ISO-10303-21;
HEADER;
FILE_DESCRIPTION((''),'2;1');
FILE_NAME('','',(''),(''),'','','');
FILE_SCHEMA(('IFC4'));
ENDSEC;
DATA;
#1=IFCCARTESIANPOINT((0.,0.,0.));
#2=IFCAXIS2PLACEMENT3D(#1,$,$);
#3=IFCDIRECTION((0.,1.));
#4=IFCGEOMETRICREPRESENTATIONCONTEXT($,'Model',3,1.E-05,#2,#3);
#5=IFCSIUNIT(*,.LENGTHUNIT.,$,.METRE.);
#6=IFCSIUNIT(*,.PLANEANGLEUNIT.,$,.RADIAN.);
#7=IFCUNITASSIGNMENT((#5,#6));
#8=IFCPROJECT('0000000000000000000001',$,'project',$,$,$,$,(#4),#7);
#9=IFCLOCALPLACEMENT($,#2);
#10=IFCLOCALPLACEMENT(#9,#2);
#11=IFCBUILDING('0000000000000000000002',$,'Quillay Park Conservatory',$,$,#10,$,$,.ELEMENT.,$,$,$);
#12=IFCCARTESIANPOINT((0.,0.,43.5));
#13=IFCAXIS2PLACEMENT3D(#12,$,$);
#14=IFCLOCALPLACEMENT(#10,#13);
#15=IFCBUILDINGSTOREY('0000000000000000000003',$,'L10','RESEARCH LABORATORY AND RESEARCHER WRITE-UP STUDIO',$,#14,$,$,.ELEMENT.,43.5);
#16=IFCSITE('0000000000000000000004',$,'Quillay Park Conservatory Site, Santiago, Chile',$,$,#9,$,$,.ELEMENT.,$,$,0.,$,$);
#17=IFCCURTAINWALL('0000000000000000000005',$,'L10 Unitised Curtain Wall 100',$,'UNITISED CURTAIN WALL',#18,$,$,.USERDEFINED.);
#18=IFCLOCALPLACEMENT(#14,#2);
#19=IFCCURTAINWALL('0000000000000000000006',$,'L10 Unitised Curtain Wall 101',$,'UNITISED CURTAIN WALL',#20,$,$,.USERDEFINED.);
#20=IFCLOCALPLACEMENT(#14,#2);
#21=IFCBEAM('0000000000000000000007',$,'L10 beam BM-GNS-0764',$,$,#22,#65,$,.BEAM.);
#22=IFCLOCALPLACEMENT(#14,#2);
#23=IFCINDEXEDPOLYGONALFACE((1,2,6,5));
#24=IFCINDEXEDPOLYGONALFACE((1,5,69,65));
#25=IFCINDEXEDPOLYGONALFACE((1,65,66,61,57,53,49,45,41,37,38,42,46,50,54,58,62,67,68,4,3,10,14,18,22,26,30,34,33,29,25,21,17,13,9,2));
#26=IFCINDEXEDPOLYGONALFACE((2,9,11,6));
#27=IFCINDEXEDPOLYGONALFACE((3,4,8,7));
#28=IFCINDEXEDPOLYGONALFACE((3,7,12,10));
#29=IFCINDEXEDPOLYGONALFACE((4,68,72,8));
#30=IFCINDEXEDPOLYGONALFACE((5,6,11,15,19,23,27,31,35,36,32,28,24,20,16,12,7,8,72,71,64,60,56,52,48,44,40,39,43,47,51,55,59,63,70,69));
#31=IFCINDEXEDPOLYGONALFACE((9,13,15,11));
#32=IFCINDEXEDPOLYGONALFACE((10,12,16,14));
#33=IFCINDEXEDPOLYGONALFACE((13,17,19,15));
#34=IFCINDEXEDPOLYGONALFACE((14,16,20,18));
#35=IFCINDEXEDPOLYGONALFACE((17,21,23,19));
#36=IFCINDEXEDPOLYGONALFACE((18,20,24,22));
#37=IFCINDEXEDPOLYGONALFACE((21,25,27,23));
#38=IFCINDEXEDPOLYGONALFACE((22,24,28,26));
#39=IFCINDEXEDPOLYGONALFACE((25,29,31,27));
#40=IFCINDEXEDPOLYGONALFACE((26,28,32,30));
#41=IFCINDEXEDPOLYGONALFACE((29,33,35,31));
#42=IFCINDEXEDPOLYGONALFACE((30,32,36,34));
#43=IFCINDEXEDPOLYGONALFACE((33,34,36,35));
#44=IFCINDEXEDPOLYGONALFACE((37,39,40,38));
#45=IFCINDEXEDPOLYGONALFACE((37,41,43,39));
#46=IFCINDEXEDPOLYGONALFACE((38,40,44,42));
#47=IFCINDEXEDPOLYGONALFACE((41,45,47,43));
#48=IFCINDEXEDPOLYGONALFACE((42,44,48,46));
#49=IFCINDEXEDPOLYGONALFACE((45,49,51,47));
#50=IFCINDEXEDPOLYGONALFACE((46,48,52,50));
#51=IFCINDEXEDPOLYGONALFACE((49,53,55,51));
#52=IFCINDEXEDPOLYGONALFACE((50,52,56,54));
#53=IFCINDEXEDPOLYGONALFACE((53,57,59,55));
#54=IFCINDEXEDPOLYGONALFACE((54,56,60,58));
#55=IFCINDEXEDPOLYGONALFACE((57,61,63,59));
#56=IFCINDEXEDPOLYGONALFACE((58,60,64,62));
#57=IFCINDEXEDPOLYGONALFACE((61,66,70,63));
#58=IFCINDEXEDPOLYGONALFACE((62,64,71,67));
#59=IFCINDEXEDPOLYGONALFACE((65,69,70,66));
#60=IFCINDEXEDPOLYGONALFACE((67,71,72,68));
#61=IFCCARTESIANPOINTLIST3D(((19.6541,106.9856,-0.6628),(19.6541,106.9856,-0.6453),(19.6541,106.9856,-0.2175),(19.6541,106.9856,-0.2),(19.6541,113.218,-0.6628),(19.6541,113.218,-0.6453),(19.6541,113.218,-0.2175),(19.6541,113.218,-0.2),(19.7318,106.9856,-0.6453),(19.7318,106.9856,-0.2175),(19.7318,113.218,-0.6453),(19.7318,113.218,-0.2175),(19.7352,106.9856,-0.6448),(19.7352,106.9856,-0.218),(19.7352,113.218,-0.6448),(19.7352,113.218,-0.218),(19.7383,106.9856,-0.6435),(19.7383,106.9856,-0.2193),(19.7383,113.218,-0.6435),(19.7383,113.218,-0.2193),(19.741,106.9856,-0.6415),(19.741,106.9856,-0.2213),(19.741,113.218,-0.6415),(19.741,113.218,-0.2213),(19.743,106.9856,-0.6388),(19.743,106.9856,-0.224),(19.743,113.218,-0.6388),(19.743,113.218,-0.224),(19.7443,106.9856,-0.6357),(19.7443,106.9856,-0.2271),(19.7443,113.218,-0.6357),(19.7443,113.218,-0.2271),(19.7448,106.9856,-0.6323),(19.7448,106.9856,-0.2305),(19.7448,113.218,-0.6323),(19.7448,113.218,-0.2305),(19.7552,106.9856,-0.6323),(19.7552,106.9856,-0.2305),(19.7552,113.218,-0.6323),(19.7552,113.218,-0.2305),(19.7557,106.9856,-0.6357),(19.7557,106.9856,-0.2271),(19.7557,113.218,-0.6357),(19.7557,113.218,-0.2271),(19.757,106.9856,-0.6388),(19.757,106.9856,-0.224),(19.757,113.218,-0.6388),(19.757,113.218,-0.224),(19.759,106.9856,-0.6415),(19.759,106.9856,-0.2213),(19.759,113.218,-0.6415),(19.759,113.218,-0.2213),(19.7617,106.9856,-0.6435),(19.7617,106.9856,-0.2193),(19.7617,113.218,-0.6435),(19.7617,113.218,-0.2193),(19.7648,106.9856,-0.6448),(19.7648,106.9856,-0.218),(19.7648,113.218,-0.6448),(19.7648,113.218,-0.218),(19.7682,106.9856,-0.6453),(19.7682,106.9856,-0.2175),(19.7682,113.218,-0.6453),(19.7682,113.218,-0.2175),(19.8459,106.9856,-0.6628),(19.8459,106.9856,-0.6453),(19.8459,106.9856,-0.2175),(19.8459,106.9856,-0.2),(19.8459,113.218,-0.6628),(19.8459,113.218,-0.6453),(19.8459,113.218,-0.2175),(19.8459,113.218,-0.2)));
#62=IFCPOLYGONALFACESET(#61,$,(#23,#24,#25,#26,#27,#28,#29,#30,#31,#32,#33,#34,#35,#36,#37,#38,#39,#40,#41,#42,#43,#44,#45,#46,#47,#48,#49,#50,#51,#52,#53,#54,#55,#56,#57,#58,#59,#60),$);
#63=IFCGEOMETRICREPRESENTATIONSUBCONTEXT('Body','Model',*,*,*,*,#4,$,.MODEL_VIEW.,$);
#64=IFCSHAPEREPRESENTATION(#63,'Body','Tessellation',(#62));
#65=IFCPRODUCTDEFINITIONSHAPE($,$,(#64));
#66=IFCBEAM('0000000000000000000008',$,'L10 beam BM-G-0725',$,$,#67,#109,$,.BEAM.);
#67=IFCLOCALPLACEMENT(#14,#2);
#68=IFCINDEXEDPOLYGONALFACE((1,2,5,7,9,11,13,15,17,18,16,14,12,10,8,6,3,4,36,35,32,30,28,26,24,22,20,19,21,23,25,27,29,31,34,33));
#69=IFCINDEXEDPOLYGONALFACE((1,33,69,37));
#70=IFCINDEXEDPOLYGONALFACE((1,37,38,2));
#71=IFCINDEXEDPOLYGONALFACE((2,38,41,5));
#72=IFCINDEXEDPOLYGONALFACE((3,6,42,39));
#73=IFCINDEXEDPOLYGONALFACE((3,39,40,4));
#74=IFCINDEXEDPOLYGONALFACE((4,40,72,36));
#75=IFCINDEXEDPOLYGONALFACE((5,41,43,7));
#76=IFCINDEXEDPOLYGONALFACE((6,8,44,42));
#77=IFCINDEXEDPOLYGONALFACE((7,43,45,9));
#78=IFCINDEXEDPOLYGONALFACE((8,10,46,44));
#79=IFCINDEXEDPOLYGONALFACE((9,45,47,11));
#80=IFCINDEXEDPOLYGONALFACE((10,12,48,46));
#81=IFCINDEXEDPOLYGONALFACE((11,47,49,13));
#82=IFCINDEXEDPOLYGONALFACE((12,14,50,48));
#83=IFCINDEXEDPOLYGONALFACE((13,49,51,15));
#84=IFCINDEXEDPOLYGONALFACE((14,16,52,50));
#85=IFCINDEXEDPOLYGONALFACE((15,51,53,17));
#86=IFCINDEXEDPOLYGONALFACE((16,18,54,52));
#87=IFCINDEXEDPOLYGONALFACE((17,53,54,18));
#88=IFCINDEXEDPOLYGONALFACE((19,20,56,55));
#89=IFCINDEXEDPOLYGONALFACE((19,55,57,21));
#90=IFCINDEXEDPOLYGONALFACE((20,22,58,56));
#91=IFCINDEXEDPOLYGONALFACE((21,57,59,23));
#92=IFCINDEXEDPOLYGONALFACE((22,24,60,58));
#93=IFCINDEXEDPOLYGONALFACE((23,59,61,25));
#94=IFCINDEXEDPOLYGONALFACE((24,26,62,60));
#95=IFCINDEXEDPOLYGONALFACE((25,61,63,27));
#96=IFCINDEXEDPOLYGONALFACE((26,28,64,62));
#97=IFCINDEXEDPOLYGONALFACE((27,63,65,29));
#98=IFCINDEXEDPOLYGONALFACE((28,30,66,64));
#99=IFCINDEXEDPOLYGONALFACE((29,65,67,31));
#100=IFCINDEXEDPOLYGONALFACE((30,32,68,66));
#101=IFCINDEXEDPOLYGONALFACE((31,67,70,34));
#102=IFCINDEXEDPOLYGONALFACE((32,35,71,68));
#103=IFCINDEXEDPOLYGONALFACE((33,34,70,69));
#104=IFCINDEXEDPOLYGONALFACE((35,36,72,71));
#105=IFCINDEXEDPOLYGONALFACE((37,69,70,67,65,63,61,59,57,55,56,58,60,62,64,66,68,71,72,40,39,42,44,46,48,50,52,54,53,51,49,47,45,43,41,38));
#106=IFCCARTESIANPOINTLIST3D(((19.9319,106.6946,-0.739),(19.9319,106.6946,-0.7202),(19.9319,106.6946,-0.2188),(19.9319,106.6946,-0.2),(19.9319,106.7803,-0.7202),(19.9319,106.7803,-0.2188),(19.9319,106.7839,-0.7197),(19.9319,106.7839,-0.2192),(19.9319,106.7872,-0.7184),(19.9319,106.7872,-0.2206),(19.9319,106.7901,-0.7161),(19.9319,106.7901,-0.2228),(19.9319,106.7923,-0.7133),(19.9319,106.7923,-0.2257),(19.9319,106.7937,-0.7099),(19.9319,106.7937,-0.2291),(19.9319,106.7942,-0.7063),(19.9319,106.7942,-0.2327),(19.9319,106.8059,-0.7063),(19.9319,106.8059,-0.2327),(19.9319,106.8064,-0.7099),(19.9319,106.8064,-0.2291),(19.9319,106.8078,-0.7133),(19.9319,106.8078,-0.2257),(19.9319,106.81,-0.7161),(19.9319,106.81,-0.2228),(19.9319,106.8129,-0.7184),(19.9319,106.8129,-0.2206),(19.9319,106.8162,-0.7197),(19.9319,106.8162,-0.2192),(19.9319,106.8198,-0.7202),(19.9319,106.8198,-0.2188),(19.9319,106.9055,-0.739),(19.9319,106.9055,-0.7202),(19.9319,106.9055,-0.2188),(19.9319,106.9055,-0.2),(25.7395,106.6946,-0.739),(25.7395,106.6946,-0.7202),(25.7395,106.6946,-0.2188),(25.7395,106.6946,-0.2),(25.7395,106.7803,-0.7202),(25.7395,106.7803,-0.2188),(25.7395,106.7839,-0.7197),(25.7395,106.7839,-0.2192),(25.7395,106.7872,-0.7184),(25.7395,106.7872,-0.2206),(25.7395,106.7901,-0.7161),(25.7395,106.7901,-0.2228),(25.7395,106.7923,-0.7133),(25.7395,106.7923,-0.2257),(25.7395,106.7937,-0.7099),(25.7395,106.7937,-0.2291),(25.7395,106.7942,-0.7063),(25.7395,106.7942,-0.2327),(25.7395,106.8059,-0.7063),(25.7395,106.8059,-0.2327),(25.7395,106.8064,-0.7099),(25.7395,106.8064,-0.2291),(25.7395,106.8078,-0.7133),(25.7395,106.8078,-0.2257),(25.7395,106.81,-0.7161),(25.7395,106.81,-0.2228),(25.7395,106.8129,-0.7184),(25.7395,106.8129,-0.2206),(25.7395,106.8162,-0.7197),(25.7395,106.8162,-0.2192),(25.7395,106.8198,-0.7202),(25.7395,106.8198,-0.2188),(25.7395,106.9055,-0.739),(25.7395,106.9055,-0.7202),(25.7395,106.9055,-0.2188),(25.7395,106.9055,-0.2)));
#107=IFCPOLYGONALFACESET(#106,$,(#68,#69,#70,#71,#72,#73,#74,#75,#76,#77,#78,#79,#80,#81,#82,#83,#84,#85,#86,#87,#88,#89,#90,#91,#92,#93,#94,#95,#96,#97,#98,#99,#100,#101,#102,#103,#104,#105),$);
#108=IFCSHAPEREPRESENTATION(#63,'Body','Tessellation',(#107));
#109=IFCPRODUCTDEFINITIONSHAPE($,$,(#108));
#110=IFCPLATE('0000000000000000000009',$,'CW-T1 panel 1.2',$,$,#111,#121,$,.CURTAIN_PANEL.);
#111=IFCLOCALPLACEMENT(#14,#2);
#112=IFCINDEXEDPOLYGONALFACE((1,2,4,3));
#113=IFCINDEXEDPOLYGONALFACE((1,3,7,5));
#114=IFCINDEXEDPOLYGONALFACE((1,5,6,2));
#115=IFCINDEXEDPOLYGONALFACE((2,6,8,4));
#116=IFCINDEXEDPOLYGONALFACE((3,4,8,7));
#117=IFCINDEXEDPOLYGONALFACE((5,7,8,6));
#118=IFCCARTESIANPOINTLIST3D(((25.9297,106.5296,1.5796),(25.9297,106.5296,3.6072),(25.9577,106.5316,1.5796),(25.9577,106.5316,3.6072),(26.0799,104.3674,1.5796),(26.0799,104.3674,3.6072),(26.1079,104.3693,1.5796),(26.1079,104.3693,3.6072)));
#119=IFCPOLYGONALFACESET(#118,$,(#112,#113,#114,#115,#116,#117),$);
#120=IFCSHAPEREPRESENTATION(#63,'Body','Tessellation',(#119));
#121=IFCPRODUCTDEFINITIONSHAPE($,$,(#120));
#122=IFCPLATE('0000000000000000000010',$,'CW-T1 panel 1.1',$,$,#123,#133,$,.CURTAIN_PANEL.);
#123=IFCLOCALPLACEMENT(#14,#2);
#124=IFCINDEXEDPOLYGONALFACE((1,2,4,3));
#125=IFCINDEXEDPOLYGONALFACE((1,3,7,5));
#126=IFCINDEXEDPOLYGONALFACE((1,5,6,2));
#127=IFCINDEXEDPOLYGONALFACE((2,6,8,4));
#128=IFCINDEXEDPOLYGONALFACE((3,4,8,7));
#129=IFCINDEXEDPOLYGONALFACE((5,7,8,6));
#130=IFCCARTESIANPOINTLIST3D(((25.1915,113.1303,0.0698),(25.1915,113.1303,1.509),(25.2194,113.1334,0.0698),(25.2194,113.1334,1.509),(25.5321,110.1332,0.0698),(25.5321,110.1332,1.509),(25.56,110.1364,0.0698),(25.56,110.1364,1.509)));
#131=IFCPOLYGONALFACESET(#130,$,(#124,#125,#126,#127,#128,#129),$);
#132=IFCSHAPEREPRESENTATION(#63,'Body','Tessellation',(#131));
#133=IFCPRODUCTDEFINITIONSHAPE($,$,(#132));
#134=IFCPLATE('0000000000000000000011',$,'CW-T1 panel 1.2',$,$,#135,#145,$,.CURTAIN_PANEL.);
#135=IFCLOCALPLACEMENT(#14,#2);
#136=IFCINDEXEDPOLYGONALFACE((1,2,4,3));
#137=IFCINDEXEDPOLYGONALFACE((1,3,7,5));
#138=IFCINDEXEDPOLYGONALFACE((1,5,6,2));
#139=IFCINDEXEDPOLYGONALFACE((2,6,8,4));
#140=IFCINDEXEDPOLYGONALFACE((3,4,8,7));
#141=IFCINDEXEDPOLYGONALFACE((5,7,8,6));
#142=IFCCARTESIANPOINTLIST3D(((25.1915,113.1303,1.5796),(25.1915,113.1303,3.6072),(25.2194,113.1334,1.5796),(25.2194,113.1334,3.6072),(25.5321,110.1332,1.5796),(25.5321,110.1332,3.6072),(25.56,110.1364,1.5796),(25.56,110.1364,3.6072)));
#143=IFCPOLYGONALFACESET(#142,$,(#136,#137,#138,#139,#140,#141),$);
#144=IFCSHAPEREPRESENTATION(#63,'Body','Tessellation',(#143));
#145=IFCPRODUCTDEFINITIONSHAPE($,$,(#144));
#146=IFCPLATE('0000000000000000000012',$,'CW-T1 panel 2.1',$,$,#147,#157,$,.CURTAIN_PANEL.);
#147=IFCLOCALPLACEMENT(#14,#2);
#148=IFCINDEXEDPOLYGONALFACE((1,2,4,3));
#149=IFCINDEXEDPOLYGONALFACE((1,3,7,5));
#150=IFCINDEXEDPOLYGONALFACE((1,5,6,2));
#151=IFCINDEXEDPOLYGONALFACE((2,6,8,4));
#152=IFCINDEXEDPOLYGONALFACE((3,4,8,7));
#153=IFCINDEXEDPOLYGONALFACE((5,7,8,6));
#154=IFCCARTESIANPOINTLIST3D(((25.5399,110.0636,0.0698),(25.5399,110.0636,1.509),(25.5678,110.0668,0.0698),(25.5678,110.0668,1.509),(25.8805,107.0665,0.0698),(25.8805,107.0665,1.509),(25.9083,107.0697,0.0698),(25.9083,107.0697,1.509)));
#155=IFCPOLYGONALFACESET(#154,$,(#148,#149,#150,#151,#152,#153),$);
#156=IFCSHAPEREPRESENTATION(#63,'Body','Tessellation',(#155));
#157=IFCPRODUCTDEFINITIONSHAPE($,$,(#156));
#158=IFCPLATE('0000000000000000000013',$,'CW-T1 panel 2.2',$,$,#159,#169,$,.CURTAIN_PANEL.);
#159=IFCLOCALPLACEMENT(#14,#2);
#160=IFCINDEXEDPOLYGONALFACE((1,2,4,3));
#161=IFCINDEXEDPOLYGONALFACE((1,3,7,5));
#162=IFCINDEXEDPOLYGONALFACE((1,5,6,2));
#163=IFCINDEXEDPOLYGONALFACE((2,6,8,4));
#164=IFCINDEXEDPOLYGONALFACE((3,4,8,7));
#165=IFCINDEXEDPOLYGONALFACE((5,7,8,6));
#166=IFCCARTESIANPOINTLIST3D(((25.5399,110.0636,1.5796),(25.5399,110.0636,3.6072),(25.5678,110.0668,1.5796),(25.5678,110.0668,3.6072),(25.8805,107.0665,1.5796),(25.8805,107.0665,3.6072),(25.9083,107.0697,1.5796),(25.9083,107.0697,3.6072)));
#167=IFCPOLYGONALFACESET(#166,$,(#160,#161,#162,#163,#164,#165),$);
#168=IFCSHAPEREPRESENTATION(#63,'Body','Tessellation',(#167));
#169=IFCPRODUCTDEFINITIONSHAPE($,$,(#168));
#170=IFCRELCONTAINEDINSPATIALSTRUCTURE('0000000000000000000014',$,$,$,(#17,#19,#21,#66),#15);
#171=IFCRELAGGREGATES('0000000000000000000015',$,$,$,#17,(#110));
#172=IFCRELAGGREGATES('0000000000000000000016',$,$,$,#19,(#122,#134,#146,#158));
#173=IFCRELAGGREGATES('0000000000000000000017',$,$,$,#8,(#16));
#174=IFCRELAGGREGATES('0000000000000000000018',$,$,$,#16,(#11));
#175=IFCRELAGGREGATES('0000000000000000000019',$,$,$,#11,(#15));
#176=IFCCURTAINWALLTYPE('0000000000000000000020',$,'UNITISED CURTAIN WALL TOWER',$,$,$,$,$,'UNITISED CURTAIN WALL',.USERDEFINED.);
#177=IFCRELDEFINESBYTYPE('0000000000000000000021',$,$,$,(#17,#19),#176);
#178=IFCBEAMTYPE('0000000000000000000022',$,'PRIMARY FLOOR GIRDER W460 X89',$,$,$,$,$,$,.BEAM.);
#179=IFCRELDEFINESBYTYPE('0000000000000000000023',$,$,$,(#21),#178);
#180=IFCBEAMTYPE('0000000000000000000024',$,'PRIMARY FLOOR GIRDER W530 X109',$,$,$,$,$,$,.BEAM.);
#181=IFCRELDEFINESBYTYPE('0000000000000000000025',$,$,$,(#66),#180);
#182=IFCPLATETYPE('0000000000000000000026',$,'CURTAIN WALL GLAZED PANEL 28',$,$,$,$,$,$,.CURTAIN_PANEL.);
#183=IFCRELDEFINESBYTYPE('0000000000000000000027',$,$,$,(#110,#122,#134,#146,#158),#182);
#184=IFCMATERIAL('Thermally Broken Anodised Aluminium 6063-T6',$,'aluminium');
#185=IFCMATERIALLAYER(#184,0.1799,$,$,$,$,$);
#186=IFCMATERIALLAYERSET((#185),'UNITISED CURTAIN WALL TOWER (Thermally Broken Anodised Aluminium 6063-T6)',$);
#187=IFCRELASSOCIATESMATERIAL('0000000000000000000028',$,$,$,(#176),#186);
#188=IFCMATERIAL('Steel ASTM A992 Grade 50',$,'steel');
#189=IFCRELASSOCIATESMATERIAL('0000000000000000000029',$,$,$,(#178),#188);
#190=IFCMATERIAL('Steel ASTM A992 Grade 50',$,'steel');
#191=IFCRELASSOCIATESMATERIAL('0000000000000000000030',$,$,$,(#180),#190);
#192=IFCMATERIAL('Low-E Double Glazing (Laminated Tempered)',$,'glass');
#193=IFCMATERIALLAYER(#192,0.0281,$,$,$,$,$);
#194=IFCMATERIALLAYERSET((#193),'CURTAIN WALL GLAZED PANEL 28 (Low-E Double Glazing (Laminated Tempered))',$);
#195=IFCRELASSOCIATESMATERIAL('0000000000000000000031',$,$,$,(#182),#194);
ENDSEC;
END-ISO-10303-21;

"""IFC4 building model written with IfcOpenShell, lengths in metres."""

from ifc_helpers import new_model, si_unit, direction, frame, origin, origin_2d, place, context, subcontext, project, spatial, rectangle, i_section, extrude, material, layer, layer_set, material_profile, profile_set, type_object, element, aggregate, save


model = new_model("IFC4")

# Units and contexts
model_context = context("Model", 3, precision=1e-05, world=origin(), true_north=direction((0.0, 1.0)))
body_context = subcontext(model_context, "Body", "Model", "MODEL_VIEW")
ifc_project = project(units=[si_unit("LENGTHUNIT", "METRE"), si_unit("PLANEANGLEUNIT", "RADIAN")], contexts=[model_context])

# Site, building, storey
site_placement = place(None, origin())
site = spatial("IfcSite", under=ifc_project, at=site_placement, Name="Quillay Park Conservatory Site, Santiago, Chile", CompositionType="ELEMENT", RefElevation=0.0)
building_placement = place(site_placement, origin())
building = spatial("IfcBuilding", under=site, at=building_placement, Name="Quillay Park Conservatory", CompositionType="ELEMENT")
storey_placement = place(building_placement, frame((0.0, 0.0, 43.5)))
storey = spatial("IfcBuildingStorey", under=building, at=storey_placement, Name="L10", Description="RESEARCH LABORATORY AND RESEARCHER WRITE-UP STUDIO", CompositionType="ELEMENT", Elevation=43.5)

# Curtain wall
ifc_material_1 = material(Name="Thermally Broken Anodised Aluminium 6063-T6", Category="aluminium")
ifc_layer_1 = layer(ifc_material_1, 0.1799)
ifc_layer_set_1 = layer_set([ifc_layer_1], Name="UNITISED CURTAIN WALL TOWER (Thermally Broken Anodised Aluminium 6063-T6)")
curtain_wall_type = type_object("IfcCurtainWallType", Name="UNITISED CURTAIN WALL TOWER", ElementType="UNITISED CURTAIN WALL", PredefinedType="USERDEFINED", material=ifc_layer_set_1)
curtain_wall_1_placement = place(storey_placement, origin())
curtain_wall_1 = element("IfcCurtainWall", 1, at=curtain_wall_1_placement, inside=storey, type_object=curtain_wall_type, Name="L10 Unitised Curtain Wall 100", ObjectType="UNITISED CURTAIN WALL", PredefinedType="USERDEFINED")

# Curtain wall
curtain_wall_2_placement = place(storey_placement, origin())
curtain_wall_2 = element("IfcCurtainWall", 2, at=curtain_wall_2_placement, inside=storey, type_object=curtain_wall_type, Name="L10 Unitised Curtain Wall 101", ObjectType="UNITISED CURTAIN WALL", PredefinedType="USERDEFINED")

# Beams
ifc_material_2 = material(Name="Steel ASTM A992 Grade 50", Category="steel")
ifc_material_profile_1 = material_profile(ifc_material_2, i_section(OverallWidth=0.1919, OverallDepth=0.4629, WebThickness=0.0105, FlangeThickness=0.0176, FilletRadius=0.0129, at=origin_2d()), Name="W460x89")
ifc_profile_set_1 = profile_set([ifc_material_profile_1], Name="Steel ASTM A992 Grade 50")
beam_type_1 = type_object("IfcBeamType", Name="PRIMARY FLOOR GIRDER W460 X89", PredefinedType="BEAM", material=ifc_profile_set_1)
beam_1_placement = place(storey_placement, frame((19.75, 106.9856, -0.4314), z_axis=(0.0, 1.0, 0.0), x_axis=(-1.0, 0.0, 0.0)))
element("IfcBeam", 3, at=beam_1_placement, inside=storey, type_object=beam_type_1, Name="L10 beam BM-GNS-0764", PredefinedType="BEAM", context=body_context, shape_type="SweptSolid", body=[
    extrude(i_section(OverallWidth=0.1919, OverallDepth=0.4629, WebThickness=0.0105, FlangeThickness=0.0176, FilletRadius=0.0129, at=origin_2d()), origin(), (0.0, 0.0, 1.0), 6.2324),
])
ifc_material_3 = material(Name="Steel ASTM A992 Grade 50", Category="steel")
ifc_material_profile_2 = material_profile(ifc_material_3, i_section(OverallWidth=0.2109, OverallDepth=0.5391, WebThickness=0.0117, FlangeThickness=0.0188, FilletRadius=0.0139, at=origin_2d()), Name="W530x109")
ifc_profile_set_2 = profile_set([ifc_material_profile_2], Name="Steel ASTM A992 Grade 50")
beam_type_2 = type_object("IfcBeamType", Name="PRIMARY FLOOR GIRDER W530 X109", PredefinedType="BEAM", material=ifc_profile_set_2)
beam_2_placement = place(storey_placement, frame((19.9319, 106.8, -0.4695), z_axis=(1.0, 0.0, 0.0), x_axis=(0.0, 1.0, 0.0)))
element("IfcBeam", 4, at=beam_2_placement, inside=storey, type_object=beam_type_2, Name="L10 beam BM-G-0725", PredefinedType="BEAM", context=body_context, shape_type="SweptSolid", body=[
    extrude(i_section(OverallWidth=0.2109, OverallDepth=0.5391, WebThickness=0.0117, FlangeThickness=0.0188, FilletRadius=0.0139, at=origin_2d()), origin(), (0.0, 0.0, 1.0), 5.8076),
])

# Plates
ifc_material_4 = material(Name="Low-E Double Glazing (Laminated Tempered)", Category="glass")
ifc_layer_2 = layer(ifc_material_4, 0.0281)
ifc_layer_set_2 = layer_set([ifc_layer_2], Name="CURTAIN WALL GLAZED PANEL 28 (Low-E Double Glazing (Laminated Tempered))")
plate_type = type_object("IfcPlateType", Name="CURTAIN WALL GLAZED PANEL 28", PredefinedType="CURTAIN_PANEL", material=ifc_layer_set_2)
plate_1_placement = place(storey_placement, frame((26.0188, 105.4495, 1.5796), z_axis=(0.0, 0.0, 1.0), x_axis=(0.069264, -0.997598, 0.0)))
plate_1 = element("IfcPlate", 5, at=plate_1_placement, type_object=plate_type, Name="CW-T1 panel 1.2", PredefinedType="CURTAIN_PANEL", context=body_context, shape_type="SweptSolid", body=[
    extrude(rectangle(XDim=2.1675, YDim=0.0281, at=origin_2d()), origin(), (0.0, 0.0, 1.0), 2.0276),
])
aggregate(curtain_wall_1, [plate_1])
plate_2_placement = place(storey_placement, frame((25.3757, 111.6333, 0.0698), z_axis=(0.0, 0.0, 1.0), x_axis=(0.112903, -0.993606, 0.0)))
plate_2 = element("IfcPlate", 6, at=plate_2_placement, type_object=plate_type, Name="CW-T1 panel 1.1", PredefinedType="CURTAIN_PANEL", context=body_context, shape_type="SweptSolid", body=[
    extrude(rectangle(XDim=3.0164, YDim=0.0281, at=origin_2d()), origin(), (0.0, 0.0, 1.0), 1.4392),
])
plate_3_placement = place(storey_placement, frame((25.3757, 111.6333, 1.5796), z_axis=(0.0, 0.0, 1.0), x_axis=(0.112903, -0.993606, 0.0)))
plate_3 = element("IfcPlate", 7, at=plate_3_placement, type_object=plate_type, Name="CW-T1 panel 1.2", PredefinedType="CURTAIN_PANEL", context=body_context, shape_type="SweptSolid", body=[
    extrude(rectangle(XDim=3.0164, YDim=0.0281, at=origin_2d()), origin(), (0.0, 0.0, 1.0), 2.0276),
])
plate_4_placement = place(storey_placement, frame((25.7241, 108.5667, 0.0698), z_axis=(0.0, 0.0, 1.0), x_axis=(0.112903, -0.993606, 0.0)))
plate_4 = element("IfcPlate", 8, at=plate_4_placement, type_object=plate_type, Name="CW-T1 panel 2.1", PredefinedType="CURTAIN_PANEL", context=body_context, shape_type="SweptSolid", body=[
    extrude(rectangle(XDim=3.0164, YDim=0.0281, at=origin_2d()), origin(), (0.0, 0.0, 1.0), 1.4392),
])
plate_5_placement = place(storey_placement, frame((25.7241, 108.5667, 1.5796), z_axis=(0.0, 0.0, 1.0), x_axis=(0.112903, -0.993606, 0.0)))
plate_5 = element("IfcPlate", 9, at=plate_5_placement, type_object=plate_type, Name="CW-T1 panel 2.2", PredefinedType="CURTAIN_PANEL", context=body_context, shape_type="SweptSolid", body=[
    extrude(rectangle(XDim=3.0164, YDim=0.0281, at=origin_2d()), origin(), (0.0, 0.0, 1.0), 2.0276),
])
aggregate(curtain_wall_2, [plate_2, plate_3, plate_4, plate_5])

save(model, "model.ifc")
